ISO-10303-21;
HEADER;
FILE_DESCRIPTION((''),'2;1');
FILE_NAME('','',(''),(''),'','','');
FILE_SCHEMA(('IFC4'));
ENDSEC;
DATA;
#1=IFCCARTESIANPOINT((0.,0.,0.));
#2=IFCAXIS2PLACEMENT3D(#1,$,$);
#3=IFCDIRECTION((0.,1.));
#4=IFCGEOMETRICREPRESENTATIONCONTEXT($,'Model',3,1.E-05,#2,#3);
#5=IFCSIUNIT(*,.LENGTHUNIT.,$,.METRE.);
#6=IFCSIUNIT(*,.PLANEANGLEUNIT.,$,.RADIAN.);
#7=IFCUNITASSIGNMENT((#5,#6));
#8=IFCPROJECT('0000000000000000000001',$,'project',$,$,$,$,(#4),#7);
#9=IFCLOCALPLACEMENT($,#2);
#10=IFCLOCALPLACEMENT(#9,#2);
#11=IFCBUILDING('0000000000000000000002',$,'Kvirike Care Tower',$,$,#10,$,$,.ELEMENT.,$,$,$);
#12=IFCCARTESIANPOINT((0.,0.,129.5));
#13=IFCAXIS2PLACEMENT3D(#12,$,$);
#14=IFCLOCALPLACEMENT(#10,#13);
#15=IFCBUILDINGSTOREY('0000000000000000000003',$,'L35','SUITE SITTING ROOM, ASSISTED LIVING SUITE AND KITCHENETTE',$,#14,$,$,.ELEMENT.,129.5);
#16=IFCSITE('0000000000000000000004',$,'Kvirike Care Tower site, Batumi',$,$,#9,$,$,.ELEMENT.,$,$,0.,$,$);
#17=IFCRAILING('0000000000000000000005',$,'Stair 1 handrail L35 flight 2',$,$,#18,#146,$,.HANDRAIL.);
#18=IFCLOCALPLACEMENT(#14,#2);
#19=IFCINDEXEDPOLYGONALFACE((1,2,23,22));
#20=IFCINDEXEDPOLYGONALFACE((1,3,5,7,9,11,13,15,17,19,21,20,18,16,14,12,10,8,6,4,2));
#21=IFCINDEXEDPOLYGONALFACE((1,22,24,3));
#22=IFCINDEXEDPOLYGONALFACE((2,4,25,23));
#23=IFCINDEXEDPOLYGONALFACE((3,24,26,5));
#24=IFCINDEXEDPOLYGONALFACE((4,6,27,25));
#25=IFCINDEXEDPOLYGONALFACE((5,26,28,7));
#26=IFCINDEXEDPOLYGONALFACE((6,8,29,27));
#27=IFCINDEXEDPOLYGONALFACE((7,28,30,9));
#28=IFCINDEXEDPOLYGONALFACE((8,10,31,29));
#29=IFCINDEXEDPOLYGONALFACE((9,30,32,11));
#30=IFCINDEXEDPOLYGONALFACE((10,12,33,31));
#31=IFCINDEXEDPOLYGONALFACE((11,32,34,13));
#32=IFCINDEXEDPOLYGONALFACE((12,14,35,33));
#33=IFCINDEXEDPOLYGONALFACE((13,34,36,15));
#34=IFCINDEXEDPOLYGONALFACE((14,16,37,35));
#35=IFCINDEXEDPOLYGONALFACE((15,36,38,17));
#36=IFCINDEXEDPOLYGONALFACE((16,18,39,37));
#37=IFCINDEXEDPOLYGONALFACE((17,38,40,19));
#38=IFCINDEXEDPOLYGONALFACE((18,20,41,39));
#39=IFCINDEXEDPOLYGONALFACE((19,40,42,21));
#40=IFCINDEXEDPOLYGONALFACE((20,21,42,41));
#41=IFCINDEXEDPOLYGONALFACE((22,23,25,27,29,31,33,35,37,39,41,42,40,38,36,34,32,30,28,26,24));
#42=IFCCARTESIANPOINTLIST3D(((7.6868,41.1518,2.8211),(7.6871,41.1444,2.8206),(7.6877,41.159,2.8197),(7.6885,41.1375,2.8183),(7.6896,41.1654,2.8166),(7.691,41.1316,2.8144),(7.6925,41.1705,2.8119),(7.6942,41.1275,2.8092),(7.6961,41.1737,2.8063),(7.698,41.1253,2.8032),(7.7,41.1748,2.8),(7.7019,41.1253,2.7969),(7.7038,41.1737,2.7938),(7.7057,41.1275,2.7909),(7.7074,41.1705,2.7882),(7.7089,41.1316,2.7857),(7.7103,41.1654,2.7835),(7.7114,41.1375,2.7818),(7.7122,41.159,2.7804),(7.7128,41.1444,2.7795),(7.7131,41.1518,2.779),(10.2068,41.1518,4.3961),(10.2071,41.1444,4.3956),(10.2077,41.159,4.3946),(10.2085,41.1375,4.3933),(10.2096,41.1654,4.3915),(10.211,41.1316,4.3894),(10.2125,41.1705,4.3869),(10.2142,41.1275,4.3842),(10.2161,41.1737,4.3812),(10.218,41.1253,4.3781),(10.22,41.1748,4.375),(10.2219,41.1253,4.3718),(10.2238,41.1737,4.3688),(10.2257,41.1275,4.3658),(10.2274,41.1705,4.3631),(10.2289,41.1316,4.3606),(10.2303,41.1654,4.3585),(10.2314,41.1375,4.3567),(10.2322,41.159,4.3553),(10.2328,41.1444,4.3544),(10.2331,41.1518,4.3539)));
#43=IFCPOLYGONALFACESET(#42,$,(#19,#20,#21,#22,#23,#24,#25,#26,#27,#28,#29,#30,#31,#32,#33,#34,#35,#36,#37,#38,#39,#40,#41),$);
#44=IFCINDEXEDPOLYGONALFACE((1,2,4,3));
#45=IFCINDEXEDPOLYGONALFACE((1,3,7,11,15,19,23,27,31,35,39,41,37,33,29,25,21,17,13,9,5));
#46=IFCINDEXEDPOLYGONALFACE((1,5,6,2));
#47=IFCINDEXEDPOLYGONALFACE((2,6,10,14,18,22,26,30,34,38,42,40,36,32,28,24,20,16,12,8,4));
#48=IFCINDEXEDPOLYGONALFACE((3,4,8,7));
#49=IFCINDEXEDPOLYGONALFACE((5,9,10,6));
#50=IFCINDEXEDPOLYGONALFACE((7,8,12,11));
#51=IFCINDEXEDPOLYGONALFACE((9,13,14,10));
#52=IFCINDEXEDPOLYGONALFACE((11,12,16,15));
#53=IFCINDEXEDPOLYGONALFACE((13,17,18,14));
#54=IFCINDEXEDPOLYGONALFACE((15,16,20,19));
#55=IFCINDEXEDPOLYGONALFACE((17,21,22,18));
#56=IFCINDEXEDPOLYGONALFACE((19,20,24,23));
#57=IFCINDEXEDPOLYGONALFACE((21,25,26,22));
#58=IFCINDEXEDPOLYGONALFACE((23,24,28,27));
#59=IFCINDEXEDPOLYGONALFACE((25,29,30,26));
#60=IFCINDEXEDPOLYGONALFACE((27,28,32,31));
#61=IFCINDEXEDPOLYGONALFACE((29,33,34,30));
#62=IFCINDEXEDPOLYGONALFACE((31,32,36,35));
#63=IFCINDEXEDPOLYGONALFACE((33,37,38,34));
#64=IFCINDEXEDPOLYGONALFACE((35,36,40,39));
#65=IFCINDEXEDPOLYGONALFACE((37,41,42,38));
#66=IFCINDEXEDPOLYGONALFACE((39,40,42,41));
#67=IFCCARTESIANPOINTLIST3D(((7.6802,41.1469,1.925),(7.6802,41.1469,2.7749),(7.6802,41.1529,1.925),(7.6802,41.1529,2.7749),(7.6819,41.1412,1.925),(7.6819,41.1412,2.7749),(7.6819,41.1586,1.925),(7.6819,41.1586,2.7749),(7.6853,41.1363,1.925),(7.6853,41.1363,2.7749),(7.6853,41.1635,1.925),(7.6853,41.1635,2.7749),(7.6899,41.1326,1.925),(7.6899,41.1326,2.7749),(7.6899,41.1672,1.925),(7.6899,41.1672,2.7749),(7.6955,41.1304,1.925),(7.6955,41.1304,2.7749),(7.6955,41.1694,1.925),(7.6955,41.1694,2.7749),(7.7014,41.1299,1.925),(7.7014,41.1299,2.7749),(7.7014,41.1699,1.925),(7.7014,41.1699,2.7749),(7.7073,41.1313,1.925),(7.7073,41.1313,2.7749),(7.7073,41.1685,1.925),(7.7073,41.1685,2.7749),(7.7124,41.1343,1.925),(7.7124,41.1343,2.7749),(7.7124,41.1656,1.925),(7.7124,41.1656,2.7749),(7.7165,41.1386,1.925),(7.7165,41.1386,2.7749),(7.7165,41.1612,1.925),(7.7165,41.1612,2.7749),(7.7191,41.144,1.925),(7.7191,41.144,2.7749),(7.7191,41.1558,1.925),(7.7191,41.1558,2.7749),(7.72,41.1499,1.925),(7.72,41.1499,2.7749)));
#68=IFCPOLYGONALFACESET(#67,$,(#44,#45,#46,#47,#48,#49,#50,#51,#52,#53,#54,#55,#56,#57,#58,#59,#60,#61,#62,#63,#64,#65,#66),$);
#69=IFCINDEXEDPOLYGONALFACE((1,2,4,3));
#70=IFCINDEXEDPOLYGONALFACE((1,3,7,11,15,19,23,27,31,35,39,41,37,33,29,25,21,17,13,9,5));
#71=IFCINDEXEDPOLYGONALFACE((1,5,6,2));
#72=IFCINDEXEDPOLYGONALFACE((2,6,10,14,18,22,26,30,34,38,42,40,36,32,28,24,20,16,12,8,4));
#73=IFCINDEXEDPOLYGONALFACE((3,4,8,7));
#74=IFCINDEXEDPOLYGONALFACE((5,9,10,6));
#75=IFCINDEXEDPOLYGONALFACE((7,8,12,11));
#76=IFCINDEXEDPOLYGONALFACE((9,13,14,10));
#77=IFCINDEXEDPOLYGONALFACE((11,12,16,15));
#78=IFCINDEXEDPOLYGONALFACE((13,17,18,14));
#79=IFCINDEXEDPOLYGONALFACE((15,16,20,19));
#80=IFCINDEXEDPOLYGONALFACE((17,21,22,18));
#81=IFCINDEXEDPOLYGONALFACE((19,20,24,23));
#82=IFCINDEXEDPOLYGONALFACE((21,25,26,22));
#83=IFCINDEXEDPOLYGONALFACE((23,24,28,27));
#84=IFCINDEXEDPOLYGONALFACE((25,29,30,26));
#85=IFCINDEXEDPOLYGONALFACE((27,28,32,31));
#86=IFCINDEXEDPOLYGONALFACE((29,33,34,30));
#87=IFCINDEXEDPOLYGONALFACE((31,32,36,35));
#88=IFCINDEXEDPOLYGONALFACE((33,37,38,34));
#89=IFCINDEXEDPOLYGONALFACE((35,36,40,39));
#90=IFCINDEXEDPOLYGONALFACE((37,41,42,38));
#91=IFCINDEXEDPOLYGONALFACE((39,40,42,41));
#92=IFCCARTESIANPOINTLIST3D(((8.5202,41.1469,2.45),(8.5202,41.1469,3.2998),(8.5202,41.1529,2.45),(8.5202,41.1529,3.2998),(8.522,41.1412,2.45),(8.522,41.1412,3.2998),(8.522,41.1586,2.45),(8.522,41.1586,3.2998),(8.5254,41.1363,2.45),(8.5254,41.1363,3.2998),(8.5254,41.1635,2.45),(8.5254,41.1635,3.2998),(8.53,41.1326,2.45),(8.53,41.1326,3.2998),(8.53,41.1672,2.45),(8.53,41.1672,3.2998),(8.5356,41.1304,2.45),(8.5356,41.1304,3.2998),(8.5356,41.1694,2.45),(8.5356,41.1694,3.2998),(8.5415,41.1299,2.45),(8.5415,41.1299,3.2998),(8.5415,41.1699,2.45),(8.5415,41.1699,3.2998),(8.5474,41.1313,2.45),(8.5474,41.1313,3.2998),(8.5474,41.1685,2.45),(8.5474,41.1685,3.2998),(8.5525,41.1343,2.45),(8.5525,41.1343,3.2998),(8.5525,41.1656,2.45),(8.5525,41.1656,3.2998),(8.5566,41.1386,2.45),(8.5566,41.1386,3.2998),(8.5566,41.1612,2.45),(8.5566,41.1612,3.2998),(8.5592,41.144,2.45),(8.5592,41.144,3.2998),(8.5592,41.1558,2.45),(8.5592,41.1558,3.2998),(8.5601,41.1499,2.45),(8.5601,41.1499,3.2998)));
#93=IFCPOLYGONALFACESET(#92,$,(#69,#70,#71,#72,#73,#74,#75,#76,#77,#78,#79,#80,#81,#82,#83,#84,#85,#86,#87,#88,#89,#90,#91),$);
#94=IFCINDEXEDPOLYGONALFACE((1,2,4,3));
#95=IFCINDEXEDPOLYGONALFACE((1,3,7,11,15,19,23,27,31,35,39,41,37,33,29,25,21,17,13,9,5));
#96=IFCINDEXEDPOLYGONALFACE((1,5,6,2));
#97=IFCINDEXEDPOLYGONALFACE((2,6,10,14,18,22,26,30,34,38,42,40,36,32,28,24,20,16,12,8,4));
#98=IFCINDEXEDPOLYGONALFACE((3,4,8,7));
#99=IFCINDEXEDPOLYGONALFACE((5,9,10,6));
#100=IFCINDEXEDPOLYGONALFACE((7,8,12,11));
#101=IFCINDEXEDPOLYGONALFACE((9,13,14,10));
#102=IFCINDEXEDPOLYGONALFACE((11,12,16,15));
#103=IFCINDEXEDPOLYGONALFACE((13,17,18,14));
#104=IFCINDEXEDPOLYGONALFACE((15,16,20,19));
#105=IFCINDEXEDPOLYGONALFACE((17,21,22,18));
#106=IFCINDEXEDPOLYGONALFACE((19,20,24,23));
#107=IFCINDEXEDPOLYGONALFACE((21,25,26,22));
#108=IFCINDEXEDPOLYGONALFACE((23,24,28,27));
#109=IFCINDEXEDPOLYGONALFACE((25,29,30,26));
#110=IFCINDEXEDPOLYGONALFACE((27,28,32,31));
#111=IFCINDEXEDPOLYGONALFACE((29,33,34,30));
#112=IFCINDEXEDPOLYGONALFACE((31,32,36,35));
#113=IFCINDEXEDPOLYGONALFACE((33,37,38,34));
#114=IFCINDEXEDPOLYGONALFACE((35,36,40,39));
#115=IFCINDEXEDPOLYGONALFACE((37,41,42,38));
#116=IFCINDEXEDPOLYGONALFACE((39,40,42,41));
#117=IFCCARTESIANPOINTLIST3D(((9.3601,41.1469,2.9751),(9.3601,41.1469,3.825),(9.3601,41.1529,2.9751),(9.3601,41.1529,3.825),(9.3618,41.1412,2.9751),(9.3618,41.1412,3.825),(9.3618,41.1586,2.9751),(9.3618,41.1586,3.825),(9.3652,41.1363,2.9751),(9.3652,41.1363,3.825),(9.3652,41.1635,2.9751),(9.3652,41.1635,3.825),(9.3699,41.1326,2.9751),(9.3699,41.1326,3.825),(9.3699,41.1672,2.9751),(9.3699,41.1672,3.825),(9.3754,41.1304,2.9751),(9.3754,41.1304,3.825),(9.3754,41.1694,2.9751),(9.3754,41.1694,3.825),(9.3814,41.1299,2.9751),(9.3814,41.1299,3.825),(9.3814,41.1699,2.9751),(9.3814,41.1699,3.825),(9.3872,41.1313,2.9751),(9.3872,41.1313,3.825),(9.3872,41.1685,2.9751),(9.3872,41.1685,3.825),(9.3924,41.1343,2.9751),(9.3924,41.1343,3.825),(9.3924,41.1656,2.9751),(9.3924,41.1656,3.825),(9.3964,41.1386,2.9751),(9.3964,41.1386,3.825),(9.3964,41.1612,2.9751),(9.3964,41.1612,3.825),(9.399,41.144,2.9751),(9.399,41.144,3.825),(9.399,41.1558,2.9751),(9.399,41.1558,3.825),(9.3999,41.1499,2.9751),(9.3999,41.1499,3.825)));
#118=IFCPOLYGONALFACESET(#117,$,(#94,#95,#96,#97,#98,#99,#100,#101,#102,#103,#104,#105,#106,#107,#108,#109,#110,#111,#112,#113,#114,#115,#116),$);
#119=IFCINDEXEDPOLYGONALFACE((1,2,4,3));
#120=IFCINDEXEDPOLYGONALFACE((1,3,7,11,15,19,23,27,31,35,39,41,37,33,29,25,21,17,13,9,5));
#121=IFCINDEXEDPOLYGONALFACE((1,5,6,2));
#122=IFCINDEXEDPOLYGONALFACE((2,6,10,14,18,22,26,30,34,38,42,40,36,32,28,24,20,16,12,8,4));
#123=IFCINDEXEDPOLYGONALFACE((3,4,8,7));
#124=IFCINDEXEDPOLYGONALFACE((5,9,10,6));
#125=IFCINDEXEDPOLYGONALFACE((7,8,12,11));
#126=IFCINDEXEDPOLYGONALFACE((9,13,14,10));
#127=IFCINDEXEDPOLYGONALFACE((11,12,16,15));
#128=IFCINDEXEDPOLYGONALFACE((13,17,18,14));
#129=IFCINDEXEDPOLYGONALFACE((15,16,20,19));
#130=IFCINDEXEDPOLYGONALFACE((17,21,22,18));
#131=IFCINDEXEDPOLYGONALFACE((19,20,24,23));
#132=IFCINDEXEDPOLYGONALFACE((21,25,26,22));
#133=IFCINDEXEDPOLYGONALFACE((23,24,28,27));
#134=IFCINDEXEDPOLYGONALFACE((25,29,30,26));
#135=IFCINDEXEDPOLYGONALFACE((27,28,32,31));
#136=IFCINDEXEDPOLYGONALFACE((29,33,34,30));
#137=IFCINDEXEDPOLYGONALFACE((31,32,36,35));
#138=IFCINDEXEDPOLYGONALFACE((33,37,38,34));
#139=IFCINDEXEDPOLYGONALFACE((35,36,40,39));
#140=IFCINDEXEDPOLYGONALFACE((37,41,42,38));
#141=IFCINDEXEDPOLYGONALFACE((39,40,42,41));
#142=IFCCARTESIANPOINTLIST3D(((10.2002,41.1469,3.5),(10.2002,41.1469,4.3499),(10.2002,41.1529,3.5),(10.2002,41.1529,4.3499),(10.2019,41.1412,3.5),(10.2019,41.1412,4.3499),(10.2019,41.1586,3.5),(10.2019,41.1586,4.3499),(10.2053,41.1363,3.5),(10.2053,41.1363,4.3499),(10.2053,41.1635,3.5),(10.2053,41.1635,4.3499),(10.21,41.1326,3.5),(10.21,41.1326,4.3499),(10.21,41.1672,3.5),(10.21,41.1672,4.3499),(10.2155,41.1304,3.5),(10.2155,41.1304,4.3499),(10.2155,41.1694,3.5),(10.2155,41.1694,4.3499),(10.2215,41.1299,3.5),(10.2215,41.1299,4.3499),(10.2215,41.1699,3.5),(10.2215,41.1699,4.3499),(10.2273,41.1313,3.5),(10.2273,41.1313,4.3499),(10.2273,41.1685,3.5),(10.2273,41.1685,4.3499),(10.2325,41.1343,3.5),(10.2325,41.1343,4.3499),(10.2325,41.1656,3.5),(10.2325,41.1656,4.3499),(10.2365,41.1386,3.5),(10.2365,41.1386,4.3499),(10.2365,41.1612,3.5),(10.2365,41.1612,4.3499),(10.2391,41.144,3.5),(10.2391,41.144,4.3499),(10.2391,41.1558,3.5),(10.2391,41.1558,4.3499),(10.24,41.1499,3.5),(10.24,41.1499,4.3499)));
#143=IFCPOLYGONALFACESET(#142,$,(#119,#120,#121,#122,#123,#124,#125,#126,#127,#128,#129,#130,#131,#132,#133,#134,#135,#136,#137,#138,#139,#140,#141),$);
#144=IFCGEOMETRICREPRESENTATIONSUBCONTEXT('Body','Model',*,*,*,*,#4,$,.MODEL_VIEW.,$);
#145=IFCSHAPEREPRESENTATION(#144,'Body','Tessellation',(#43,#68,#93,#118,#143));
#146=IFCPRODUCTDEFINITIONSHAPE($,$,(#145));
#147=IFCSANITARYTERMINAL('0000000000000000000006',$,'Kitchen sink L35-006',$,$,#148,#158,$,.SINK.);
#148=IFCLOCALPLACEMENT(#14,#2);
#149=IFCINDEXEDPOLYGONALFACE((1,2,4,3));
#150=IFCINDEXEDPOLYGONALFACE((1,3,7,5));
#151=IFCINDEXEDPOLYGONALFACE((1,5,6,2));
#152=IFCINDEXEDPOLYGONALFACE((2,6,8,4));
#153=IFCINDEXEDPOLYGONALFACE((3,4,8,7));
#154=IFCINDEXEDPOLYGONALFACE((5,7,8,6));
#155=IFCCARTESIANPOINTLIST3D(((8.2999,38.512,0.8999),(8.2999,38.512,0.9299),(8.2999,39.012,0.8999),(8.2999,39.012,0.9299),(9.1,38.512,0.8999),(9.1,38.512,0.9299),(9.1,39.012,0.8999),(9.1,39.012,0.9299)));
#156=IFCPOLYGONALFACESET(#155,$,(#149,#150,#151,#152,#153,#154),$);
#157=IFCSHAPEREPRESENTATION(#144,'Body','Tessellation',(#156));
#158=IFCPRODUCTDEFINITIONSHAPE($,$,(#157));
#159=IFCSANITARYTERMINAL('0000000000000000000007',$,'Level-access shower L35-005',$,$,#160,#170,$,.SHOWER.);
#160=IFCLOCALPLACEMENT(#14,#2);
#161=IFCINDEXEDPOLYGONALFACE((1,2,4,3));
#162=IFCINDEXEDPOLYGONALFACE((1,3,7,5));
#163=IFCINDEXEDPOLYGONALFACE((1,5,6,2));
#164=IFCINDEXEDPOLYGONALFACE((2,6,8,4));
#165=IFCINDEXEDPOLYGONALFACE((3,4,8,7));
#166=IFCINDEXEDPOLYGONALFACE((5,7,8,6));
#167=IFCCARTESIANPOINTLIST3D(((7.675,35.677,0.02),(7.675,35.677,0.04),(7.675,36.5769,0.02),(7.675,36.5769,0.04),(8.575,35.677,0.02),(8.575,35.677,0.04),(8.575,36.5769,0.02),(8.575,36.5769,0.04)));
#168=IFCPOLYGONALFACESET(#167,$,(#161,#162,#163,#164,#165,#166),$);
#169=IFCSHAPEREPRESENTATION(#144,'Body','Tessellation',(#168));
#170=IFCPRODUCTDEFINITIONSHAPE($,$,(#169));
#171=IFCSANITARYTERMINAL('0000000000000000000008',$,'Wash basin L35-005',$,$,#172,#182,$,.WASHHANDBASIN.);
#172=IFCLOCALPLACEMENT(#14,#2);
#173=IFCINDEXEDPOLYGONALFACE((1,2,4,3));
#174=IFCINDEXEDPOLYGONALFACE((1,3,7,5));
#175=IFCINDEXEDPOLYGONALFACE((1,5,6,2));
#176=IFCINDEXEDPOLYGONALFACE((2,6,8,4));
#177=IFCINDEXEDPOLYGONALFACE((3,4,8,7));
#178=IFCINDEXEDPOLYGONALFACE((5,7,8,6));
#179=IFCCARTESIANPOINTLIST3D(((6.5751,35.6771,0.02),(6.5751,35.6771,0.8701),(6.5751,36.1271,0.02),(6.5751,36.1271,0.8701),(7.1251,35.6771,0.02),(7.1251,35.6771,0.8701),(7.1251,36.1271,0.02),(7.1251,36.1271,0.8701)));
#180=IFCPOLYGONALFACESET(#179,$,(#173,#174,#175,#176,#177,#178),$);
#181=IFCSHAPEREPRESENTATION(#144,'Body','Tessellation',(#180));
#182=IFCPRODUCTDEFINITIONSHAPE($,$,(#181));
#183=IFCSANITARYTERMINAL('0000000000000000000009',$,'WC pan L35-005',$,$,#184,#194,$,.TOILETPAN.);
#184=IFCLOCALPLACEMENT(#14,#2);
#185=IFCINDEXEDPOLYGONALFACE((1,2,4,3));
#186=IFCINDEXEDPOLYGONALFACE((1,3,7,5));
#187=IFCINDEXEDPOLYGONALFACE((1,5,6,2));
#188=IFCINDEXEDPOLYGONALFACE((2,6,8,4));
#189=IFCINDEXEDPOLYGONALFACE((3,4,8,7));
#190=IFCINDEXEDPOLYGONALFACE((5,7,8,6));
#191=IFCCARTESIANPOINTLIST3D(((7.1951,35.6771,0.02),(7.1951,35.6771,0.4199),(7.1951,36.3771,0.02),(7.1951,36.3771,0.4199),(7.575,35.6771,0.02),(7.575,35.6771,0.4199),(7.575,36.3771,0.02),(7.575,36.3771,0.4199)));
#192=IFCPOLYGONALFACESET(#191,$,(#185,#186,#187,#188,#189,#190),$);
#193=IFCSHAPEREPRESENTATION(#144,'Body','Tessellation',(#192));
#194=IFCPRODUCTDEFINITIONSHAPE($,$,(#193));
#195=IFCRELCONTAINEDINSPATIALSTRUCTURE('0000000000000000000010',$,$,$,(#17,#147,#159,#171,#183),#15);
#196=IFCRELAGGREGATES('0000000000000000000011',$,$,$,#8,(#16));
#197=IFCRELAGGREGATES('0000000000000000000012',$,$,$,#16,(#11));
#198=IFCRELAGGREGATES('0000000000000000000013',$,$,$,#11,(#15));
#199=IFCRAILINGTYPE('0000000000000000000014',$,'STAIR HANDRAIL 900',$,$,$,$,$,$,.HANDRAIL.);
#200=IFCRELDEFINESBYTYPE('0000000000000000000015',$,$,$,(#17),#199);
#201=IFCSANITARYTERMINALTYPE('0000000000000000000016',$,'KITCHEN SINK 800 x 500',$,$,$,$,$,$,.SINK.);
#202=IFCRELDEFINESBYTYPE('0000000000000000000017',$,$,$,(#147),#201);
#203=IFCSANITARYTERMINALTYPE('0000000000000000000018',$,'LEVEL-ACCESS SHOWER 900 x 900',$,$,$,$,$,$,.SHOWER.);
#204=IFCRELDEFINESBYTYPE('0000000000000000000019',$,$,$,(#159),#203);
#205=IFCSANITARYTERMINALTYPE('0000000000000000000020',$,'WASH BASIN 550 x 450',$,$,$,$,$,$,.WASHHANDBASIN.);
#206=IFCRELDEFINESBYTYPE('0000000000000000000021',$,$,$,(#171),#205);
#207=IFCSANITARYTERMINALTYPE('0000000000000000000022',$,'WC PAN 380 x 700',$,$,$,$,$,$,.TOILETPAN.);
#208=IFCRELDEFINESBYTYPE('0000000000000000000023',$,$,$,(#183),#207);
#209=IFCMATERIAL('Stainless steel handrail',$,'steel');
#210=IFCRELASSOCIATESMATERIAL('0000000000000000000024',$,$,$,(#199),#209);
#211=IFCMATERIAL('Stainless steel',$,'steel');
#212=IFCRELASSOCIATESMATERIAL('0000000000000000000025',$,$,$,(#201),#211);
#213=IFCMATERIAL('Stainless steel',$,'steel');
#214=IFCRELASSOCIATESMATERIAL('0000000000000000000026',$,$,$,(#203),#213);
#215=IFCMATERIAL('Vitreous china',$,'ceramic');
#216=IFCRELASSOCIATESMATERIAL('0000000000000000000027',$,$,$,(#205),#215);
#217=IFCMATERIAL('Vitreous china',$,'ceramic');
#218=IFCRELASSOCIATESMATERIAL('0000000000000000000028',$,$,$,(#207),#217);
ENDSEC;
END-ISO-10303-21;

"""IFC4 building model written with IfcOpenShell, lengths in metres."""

from ifc_helpers import new_model, si_unit, direction, frame, origin, origin_2d, place, context, subcontext, project, spatial, rectangle, circle, extrude, material, type_object, element, save


model = new_model("IFC4")

# Units and contexts
model_context = context("Model", 3, precision=1e-05, world=origin(), true_north=direction((0.0, 1.0)))
body_context = subcontext(model_context, "Body", "Model", "MODEL_VIEW")
ifc_project = project(units=[si_unit("LENGTHUNIT", "METRE"), si_unit("PLANEANGLEUNIT", "RADIAN")], contexts=[model_context])

# Site, building, storey
site_placement = place(None, origin())
site = spatial("IfcSite", under=ifc_project, at=site_placement, Name="Kvirike Care Tower site, Batumi", CompositionType="ELEMENT", RefElevation=0.0)
building_placement = place(site_placement, origin())
building = spatial("IfcBuilding", under=site, at=building_placement, Name="Kvirike Care Tower", CompositionType="ELEMENT")
storey_placement = place(building_placement, frame((0.0, 0.0, 129.5)))
storey = spatial("IfcBuildingStorey", under=building, at=storey_placement, Name="L35", Description="SUITE SITTING ROOM, ASSISTED LIVING SUITE AND KITCHENETTE", CompositionType="ELEMENT", Elevation=129.5)

# Railing
ifc_material_1 = material(Name="Stainless steel handrail", Category="steel")
railing_type = type_object("IfcRailingType", Name="STAIR HANDRAIL 900", PredefinedType="HANDRAIL", material=ifc_material_1)
railing_1_placement = place(storey_placement, frame((7.7, 41.1499, 1.925)))
element("IfcRailing", 1, at=railing_1_placement, inside=storey, type_object=railing_type, Name="Stair 1 handrail L35 flight 2", PredefinedType="HANDRAIL", context=body_context, shape_type="SweptSolid", body=[
    extrude(circle(Radius=0.0249, at=origin_2d()), frame((0.0, 0.0, 0.875), z_axis=(0.848008, 0.0, 0.529984), x_axis=(0.0, 1.0, 0.0)), (0.0, 0.0, 1.0), 2.9717),
    extrude(circle(Radius=0.02, at=origin_2d()), origin(), (0.0, 0.0, 1.0), 0.8499),
    extrude(circle(Radius=0.02, at=origin_2d()), frame((0.8401, 0.0, 0.5249)), (0.0, 0.0, 1.0), 0.8499),
    extrude(circle(Radius=0.02, at=origin_2d()), frame((1.6799, 0.0, 1.05)), (0.0, 0.0, 1.0), 0.8499),
    extrude(circle(Radius=0.02, at=origin_2d()), frame((2.52, 0.0, 1.575)), (0.0, 0.0, 1.0), 0.8499),
])

# Sanitary terminals
ifc_material_2 = material(Name="Stainless steel", Category="steel")
sanitary_terminal_type_1 = type_object("IfcSanitaryTerminalType", Name="KITCHEN SINK 800 x 500", PredefinedType="SINK", material=ifc_material_2)
sanitary_terminal_1_placement = place(storey_placement, frame((8.7, 38.762, 0.8999), z_axis=(0.0, 0.0, 1.0), x_axis=(-1.0, 0.0, 0.0)))
element("IfcSanitaryTerminal", 2, at=sanitary_terminal_1_placement, inside=storey, type_object=sanitary_terminal_type_1, Name="Kitchen sink L35-006", PredefinedType="SINK", context=body_context, shape_type="SweptSolid", body=[
    extrude(rectangle(XDim=0.8, YDim=0.5, at=origin_2d()), origin(), (0.0, 0.0, 1.0), 0.03),
])
ifc_material_3 = material(Name="Stainless steel", Category="steel")
sanitary_terminal_type_2 = type_object("IfcSanitaryTerminalType", Name="LEVEL-ACCESS SHOWER 900 x 900", PredefinedType="SHOWER", material=ifc_material_3)
sanitary_terminal_2_placement = place(storey_placement, frame((8.125, 36.127, 0.02), z_axis=(0.0, 0.0, 1.0), x_axis=(-1.0, 0.0, 0.0)))
element("IfcSanitaryTerminal", 3, at=sanitary_terminal_2_placement, inside=storey, type_object=sanitary_terminal_type_2, Name="Level-access shower L35-005", PredefinedType="SHOWER", context=body_context, shape_type="SweptSolid", body=[
    extrude(rectangle(XDim=0.8999, YDim=0.8999, at=origin_2d()), origin(), (0.0, 0.0, 1.0), 0.02),
])
ifc_material_4 = material(Name="Vitreous china", Category="ceramic")
sanitary_terminal_type_3 = type_object("IfcSanitaryTerminalType", Name="WASH BASIN 550 x 450", PredefinedType="WASHHANDBASIN", material=ifc_material_4)
sanitary_terminal_3_placement = place(storey_placement, frame((6.8501, 35.9021, 0.02), z_axis=(0.0, 0.0, 1.0), x_axis=(-1.0, 0.0, 0.0)))
element("IfcSanitaryTerminal", 4, at=sanitary_terminal_3_placement, inside=storey, type_object=sanitary_terminal_type_3, Name="Wash basin L35-005", PredefinedType="WASHHANDBASIN", context=body_context, shape_type="SweptSolid", body=[
    extrude(rectangle(XDim=0.55, YDim=0.45, at=origin_2d()), origin(), (0.0, 0.0, 1.0), 0.8501),
])
ifc_material_5 = material(Name="Vitreous china", Category="ceramic")
sanitary_terminal_type_4 = type_object("IfcSanitaryTerminalType", Name="WC PAN 380 x 700", PredefinedType="TOILETPAN", material=ifc_material_5)
sanitary_terminal_4_placement = place(storey_placement, frame((7.385, 36.0271, 0.02), z_axis=(0.0, 0.0, 1.0), x_axis=(-1.0, 0.0, 0.0)))
element("IfcSanitaryTerminal", 5, at=sanitary_terminal_4_placement, inside=storey, type_object=sanitary_terminal_type_4, Name="WC pan L35-005", PredefinedType="TOILETPAN", context=body_context, shape_type="SweptSolid", body=[
    extrude(rectangle(XDim=0.3799, YDim=0.7, at=origin_2d()), origin(), (0.0, 0.0, 1.0), 0.3999),
])

save(model, "model.ifc")
